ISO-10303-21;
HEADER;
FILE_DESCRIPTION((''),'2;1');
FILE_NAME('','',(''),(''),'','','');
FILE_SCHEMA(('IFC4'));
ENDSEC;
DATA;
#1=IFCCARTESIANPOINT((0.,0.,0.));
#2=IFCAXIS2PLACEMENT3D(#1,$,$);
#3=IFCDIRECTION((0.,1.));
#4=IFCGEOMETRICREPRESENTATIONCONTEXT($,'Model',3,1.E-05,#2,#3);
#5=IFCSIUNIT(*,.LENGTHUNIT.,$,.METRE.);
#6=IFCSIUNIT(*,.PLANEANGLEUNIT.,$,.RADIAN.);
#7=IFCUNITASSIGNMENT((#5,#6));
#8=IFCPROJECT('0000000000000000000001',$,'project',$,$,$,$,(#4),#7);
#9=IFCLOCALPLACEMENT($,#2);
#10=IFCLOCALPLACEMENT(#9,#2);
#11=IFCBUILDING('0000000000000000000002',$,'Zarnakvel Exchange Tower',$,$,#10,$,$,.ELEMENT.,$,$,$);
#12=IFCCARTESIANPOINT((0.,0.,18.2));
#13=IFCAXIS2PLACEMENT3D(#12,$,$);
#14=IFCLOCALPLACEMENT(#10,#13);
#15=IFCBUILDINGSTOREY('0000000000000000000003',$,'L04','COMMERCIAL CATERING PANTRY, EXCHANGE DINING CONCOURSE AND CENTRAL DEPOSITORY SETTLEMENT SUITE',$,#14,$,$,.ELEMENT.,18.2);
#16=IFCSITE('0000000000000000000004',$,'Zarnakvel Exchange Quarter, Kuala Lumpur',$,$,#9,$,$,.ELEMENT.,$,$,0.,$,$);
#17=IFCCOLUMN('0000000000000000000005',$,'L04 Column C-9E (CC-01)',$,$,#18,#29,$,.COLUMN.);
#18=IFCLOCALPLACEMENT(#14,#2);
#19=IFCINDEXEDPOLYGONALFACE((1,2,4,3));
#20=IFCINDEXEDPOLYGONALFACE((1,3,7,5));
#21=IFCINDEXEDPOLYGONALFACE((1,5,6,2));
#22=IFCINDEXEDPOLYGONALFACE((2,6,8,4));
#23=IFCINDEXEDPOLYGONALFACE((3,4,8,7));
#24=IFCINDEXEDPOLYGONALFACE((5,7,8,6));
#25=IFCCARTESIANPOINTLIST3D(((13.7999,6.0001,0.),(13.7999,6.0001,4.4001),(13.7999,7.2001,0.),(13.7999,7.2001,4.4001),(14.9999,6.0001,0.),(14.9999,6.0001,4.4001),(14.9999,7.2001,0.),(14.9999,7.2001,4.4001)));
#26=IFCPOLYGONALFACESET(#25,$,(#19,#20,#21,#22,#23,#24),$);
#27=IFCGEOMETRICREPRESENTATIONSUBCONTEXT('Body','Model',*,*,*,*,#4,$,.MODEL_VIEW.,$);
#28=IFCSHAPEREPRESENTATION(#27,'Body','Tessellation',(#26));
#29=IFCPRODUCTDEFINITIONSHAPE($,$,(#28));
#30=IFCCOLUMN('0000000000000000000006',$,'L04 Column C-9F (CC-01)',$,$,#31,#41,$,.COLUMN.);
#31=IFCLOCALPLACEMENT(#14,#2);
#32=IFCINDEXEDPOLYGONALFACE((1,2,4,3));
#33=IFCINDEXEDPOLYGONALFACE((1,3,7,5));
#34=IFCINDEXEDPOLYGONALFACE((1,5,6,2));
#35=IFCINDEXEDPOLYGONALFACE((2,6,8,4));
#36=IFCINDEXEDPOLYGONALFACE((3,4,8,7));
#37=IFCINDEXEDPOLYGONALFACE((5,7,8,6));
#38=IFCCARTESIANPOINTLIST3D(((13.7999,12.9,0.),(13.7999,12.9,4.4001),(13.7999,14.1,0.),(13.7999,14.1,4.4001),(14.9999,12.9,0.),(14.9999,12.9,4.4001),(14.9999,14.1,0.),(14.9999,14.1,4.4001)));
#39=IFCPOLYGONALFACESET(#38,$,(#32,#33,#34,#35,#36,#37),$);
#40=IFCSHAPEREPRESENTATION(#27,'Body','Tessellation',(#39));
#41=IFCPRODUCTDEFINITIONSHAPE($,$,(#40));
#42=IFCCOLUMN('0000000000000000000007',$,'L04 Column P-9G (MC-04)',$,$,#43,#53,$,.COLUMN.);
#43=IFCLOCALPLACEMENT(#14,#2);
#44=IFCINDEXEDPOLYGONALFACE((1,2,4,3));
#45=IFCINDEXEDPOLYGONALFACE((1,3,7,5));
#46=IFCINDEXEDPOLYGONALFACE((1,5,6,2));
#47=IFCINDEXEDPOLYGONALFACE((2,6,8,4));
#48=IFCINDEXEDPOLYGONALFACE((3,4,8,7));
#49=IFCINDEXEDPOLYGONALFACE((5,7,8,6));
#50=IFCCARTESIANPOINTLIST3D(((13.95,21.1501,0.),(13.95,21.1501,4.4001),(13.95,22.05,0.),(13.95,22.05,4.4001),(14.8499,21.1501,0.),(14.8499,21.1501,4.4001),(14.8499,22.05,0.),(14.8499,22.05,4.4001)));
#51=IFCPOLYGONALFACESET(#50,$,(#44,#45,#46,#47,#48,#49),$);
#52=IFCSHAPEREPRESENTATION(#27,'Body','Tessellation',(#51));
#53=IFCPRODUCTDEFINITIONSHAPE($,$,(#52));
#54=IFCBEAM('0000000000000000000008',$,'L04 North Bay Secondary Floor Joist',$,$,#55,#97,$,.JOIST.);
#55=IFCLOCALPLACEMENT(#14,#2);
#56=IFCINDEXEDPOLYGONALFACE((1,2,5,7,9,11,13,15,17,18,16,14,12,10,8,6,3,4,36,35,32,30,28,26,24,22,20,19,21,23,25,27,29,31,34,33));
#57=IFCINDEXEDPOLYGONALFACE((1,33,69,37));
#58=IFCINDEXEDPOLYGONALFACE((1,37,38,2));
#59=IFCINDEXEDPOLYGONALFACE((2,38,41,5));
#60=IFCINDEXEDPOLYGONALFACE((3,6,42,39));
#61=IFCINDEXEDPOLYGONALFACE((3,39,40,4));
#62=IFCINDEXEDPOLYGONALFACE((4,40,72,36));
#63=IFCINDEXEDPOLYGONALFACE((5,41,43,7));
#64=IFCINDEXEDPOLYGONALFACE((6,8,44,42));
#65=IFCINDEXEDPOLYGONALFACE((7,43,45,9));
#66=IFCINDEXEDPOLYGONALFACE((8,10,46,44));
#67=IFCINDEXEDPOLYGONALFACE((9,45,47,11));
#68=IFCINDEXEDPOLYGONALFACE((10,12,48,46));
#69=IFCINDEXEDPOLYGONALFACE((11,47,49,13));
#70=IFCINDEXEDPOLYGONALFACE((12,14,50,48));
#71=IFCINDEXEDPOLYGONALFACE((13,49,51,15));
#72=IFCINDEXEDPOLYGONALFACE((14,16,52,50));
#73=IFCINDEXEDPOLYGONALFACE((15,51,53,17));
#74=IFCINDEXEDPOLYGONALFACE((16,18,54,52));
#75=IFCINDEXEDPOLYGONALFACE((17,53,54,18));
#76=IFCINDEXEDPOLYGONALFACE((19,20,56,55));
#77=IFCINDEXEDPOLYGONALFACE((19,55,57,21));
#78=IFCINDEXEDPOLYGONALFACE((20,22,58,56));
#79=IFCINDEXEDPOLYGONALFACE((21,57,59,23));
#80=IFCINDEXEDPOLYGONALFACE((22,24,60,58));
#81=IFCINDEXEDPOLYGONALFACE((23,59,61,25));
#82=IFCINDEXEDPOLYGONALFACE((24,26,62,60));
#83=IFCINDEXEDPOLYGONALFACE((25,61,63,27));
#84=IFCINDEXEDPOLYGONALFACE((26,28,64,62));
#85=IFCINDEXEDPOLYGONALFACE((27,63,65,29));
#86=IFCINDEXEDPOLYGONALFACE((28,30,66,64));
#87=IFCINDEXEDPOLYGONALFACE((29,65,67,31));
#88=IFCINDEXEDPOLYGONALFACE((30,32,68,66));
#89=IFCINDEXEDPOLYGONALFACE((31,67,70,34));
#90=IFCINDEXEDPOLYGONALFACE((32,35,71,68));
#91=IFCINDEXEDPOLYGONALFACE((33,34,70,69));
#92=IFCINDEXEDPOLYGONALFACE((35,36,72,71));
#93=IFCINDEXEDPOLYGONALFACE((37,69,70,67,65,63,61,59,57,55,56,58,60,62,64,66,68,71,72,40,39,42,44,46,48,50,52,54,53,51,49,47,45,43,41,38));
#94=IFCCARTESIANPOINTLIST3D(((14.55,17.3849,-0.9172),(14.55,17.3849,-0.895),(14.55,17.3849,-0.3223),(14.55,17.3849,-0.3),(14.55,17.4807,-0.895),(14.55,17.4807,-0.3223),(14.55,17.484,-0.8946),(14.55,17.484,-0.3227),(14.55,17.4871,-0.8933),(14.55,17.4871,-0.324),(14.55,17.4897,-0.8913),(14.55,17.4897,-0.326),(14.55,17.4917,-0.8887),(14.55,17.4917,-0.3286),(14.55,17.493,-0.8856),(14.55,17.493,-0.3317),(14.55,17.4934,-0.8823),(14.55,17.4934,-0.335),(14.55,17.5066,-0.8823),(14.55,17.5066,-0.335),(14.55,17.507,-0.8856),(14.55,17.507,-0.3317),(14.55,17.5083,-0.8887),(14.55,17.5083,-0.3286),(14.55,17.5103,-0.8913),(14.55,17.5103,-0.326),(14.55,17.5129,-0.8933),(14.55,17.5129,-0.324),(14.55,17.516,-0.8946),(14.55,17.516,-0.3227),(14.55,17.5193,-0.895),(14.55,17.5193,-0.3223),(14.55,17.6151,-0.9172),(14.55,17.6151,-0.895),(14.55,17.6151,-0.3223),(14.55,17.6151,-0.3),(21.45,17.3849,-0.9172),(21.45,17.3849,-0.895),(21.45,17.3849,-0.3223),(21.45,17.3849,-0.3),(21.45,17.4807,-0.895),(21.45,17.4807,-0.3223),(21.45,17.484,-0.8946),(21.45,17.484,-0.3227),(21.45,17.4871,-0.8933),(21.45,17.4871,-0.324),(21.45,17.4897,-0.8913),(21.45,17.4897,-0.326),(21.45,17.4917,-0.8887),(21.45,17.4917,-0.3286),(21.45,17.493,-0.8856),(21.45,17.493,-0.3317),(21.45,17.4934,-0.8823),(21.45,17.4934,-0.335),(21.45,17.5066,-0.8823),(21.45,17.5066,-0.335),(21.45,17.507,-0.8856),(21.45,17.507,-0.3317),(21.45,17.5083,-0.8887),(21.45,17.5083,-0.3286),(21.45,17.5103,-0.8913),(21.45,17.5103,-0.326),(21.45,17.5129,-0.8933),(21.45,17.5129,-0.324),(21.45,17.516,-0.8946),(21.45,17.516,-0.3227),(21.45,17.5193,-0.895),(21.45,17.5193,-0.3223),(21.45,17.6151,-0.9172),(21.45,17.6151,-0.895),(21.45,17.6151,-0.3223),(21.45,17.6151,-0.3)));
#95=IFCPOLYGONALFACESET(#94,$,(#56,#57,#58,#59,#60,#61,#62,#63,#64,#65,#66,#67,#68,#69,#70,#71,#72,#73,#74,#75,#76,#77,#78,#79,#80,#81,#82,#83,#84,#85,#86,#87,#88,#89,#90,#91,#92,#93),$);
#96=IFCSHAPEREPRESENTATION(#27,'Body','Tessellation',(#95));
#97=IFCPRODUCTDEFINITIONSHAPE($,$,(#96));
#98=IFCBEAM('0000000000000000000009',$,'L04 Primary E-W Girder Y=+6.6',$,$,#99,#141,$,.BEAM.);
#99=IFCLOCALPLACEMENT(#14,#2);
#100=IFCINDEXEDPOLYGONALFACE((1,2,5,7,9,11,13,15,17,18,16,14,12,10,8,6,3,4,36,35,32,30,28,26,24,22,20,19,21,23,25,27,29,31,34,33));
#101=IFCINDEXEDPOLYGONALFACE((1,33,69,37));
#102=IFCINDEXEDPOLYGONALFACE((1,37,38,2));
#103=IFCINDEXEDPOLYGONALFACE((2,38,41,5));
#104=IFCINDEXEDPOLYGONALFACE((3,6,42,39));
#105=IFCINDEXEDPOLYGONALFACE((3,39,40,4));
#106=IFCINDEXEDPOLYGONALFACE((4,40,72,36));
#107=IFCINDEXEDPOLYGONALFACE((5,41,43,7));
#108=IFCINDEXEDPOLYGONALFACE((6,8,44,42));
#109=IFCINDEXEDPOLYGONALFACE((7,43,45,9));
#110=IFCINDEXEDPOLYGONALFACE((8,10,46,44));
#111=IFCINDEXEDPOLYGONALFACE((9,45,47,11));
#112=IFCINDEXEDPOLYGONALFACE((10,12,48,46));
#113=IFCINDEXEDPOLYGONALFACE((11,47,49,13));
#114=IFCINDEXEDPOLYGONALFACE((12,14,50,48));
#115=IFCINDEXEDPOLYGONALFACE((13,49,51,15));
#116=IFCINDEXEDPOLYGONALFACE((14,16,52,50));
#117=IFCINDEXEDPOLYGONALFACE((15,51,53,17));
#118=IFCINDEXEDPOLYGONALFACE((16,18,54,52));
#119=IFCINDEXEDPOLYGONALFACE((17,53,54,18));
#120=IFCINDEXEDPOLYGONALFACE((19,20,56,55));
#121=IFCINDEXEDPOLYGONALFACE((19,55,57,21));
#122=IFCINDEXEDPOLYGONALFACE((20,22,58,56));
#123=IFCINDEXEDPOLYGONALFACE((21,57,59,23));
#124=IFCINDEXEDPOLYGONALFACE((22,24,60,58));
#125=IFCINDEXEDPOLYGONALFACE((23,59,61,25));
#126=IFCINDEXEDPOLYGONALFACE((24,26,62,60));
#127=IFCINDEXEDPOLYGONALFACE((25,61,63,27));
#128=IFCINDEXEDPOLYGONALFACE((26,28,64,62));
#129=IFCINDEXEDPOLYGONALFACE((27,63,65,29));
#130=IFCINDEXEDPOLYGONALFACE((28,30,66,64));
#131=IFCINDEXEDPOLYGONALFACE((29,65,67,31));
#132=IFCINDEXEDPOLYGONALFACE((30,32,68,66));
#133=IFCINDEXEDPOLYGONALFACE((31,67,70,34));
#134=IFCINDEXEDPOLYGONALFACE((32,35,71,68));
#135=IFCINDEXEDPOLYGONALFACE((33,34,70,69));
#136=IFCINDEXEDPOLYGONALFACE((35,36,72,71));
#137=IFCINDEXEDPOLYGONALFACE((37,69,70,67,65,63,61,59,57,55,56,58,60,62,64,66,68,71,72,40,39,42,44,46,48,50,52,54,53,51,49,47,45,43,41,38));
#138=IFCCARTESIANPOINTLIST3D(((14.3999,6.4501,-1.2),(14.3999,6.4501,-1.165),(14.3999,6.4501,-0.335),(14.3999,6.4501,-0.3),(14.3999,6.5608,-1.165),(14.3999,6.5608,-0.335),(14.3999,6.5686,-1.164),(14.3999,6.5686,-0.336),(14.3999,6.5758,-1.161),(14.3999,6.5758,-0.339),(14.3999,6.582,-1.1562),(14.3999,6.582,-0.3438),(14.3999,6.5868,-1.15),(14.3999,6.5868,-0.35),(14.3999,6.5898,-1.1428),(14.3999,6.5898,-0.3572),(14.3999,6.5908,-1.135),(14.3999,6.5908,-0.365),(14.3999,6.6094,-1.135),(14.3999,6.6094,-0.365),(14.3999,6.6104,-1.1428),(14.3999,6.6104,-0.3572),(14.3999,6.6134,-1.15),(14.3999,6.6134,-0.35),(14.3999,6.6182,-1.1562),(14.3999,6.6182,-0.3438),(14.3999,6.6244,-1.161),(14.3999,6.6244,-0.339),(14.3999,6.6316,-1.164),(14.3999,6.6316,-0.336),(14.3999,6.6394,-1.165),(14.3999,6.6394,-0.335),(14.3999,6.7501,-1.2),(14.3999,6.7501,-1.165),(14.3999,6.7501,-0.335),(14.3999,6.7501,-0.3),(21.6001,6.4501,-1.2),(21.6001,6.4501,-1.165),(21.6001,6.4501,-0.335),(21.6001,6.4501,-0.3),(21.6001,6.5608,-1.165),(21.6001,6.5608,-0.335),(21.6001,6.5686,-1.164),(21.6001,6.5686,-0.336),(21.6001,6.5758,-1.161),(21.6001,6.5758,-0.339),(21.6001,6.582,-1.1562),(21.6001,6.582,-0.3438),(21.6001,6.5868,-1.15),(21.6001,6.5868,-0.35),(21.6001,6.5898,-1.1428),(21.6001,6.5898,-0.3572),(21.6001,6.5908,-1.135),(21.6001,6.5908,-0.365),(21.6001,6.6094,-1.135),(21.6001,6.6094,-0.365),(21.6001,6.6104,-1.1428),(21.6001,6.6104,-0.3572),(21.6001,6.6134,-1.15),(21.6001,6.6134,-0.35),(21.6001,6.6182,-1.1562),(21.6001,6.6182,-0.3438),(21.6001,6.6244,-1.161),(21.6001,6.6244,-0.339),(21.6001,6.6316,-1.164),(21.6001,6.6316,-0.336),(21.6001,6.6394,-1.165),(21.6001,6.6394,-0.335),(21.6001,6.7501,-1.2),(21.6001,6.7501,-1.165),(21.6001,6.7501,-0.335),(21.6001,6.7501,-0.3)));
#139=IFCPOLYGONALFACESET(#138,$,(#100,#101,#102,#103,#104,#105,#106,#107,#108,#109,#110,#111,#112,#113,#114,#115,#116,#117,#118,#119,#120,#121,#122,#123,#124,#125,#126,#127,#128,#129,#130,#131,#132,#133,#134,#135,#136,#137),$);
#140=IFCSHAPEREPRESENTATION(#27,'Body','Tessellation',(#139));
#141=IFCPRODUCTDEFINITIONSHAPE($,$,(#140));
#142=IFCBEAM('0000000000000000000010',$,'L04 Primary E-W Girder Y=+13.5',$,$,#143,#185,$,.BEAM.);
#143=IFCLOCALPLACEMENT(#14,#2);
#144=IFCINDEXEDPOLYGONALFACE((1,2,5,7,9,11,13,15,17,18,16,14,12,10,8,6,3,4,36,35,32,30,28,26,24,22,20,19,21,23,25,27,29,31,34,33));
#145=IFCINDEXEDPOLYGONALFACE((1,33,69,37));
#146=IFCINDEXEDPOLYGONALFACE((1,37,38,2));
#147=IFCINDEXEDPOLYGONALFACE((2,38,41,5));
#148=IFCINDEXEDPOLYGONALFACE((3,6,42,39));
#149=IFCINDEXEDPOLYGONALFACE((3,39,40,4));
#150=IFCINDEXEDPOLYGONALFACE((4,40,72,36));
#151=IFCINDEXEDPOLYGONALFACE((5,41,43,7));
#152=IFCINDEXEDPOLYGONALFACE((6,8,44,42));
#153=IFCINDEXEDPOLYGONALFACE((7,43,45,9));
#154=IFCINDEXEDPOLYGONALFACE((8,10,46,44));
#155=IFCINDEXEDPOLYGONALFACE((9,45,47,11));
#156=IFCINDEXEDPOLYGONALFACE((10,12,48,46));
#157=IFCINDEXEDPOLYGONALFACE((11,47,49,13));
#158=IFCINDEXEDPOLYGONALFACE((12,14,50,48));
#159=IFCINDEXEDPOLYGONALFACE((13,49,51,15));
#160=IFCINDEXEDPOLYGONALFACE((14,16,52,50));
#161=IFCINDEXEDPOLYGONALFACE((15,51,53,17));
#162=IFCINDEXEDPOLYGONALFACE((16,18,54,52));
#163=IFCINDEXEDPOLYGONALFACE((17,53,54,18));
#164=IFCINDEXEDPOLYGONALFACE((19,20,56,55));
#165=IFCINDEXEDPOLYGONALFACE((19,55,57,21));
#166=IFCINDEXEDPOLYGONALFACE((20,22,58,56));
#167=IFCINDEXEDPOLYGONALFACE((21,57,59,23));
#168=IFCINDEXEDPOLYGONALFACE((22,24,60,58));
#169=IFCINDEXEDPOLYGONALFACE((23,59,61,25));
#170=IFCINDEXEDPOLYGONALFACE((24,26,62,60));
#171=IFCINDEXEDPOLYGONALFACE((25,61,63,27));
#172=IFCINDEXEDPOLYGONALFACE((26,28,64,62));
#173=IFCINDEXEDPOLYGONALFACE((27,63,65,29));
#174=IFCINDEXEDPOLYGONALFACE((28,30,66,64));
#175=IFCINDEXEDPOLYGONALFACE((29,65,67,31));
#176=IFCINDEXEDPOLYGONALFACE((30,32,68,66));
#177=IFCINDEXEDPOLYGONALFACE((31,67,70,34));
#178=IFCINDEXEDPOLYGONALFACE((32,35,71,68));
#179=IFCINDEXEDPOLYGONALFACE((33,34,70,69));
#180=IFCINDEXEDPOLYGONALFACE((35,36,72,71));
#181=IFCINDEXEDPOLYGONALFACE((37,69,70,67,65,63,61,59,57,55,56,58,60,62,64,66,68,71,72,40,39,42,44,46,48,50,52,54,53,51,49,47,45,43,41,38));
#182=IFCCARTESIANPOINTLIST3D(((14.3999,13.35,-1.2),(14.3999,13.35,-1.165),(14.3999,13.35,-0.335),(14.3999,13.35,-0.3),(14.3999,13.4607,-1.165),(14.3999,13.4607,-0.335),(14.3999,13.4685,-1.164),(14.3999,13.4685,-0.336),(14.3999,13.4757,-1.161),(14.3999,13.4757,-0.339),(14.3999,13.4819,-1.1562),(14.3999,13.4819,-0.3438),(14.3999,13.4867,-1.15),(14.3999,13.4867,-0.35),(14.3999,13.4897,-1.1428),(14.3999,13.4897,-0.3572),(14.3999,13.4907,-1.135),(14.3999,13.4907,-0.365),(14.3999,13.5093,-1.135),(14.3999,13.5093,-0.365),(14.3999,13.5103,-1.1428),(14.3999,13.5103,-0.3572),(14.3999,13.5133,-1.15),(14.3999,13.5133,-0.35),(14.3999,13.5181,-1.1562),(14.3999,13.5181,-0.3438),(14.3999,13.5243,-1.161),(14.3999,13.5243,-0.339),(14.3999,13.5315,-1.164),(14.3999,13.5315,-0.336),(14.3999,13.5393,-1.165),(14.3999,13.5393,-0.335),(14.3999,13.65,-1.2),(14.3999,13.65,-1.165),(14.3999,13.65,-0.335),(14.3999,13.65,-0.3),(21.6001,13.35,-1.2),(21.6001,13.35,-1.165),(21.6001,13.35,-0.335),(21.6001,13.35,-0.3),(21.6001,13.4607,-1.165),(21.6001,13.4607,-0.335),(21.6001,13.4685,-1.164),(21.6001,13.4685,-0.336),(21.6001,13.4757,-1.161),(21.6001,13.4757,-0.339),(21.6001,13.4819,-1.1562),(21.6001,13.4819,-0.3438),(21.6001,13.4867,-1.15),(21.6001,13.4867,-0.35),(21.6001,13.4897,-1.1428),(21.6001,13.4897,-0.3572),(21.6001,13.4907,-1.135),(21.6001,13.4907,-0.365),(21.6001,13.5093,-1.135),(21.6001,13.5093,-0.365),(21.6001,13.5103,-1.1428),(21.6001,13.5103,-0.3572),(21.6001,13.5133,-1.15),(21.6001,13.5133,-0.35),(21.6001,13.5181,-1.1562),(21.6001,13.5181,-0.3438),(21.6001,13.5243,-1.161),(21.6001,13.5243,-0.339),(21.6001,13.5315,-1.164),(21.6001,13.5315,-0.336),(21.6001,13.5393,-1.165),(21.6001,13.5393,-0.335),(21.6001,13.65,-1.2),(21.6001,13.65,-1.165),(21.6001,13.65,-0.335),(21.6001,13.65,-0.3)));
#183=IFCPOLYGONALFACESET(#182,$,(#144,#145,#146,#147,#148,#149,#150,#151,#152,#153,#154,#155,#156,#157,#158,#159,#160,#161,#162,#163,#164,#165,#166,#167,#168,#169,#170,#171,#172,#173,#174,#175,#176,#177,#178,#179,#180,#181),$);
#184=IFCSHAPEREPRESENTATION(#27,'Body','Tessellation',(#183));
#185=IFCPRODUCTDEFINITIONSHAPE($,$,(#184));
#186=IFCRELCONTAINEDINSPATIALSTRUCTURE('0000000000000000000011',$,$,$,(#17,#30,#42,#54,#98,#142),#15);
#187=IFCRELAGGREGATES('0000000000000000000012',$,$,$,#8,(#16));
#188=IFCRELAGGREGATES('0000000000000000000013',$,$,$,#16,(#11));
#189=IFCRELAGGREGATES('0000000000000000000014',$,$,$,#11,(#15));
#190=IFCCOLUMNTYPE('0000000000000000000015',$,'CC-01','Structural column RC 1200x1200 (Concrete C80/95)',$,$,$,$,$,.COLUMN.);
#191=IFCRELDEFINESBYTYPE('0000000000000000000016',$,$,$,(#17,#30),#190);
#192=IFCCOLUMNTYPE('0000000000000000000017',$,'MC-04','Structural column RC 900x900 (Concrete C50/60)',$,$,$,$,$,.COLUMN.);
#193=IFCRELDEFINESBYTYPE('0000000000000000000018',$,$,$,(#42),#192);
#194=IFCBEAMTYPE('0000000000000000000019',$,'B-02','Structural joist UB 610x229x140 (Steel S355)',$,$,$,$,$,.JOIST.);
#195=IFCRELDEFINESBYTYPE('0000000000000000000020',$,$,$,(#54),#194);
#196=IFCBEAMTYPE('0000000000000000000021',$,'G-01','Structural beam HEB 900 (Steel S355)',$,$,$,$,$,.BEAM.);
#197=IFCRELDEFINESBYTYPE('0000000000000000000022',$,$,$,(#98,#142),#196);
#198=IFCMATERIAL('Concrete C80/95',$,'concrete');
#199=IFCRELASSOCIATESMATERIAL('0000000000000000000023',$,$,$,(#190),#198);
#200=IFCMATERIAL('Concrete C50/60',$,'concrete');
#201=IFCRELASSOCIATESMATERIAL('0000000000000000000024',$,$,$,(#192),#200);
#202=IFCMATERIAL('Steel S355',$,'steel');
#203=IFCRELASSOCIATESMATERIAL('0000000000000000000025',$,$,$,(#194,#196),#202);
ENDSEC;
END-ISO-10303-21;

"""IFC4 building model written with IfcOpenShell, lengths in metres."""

from ifc_helpers import new_model, si_unit, direction, frame, origin, origin_2d, place, context, subcontext, project, spatial, rectangle, i_section, extrude, material, material_profile, profile_set, type_object, element, save


model = new_model("IFC4")

# Units and contexts
model_context = context("Model", 3, precision=1e-05, world=origin(), true_north=direction((0.0, 1.0)))
body_context = subcontext(model_context, "Body", "Model", "MODEL_VIEW")
ifc_project = project(units=[si_unit("LENGTHUNIT", "METRE"), si_unit("PLANEANGLEUNIT", "RADIAN")], contexts=[model_context])

# Site, building, storey
site_placement = place(None, origin())
site = spatial("IfcSite", under=ifc_project, at=site_placement, Name="Zarnakvel Exchange Quarter, Kuala Lumpur", CompositionType="ELEMENT", RefElevation=0.0)
building_placement = place(site_placement, origin())
building = spatial("IfcBuilding", under=site, at=building_placement, Name="Zarnakvel Exchange Tower", CompositionType="ELEMENT")
storey_placement = place(building_placement, frame((0.0, 0.0, 18.2)))
storey = spatial("IfcBuildingStorey", under=building, at=storey_placement, Name="L04", Description="COMMERCIAL CATERING PANTRY, EXCHANGE DINING CONCOURSE AND CENTRAL DEPOSITORY SETTLEMENT SUITE", CompositionType="ELEMENT", Elevation=18.2)

# Columns
ifc_material_1 = material(Name="Concrete C80/95", Category="concrete")
ifc_material_profile_1 = material_profile(ifc_material_1, rectangle(XDim=1.2, YDim=1.2, at=origin_2d()))
ifc_profile_set_1 = profile_set([ifc_material_profile_1], Name="Concrete C80/95")
column_type_1 = type_object("IfcColumnType", Name="CC-01", Description="Structural column RC 1200x1200 (Concrete C80/95)", PredefinedType="COLUMN", material=ifc_profile_set_1)
for number, where, z_axis, x_axis, name in (
    (1, (14.3999, 6.6001, 0.0), (0.0, 0.0, 1.0), (1.0, 0.0, 0.0), "L04 Column C-9E (CC-01)"),
    (2, (14.3999, 13.5, 0.0), (0.0, 0.0, 1.0), (1.0, 0.0, 0.0), "L04 Column C-9F (CC-01)"),
):
    element("IfcColumn", number, at=place(storey_placement, frame(where, z_axis=z_axis, x_axis=x_axis)), inside=storey, type_object=column_type_1, Name=name, PredefinedType="COLUMN", context=body_context, shape_type="SweptSolid", body=[
        extrude(rectangle(XDim=1.2, YDim=1.2, at=origin_2d()), origin(), (0.0, 0.0, 1.0), 4.4001),
    ])
ifc_material_2 = material(Name="Concrete C50/60", Category="concrete")
ifc_material_profile_2 = material_profile(ifc_material_2, rectangle(XDim=0.8999, YDim=0.8999, at=origin_2d()))
ifc_profile_set_2 = profile_set([ifc_material_profile_2], Name="Concrete C50/60")
column_type_2 = type_object("IfcColumnType", Name="MC-04", Description="Structural column RC 900x900 (Concrete C50/60)", PredefinedType="COLUMN", material=ifc_profile_set_2)
column_placement = place(storey_placement, frame((14.3999, 21.6001, 0.0), z_axis=(0.0, 0.0, 1.0), x_axis=(1.0, 0.0, 0.0)))
element("IfcColumn", 3, at=column_placement, inside=storey, type_object=column_type_2, Name="L04 Column P-9G (MC-04)", PredefinedType="COLUMN", context=body_context, shape_type="SweptSolid", body=[
    extrude(rectangle(XDim=0.8999, YDim=0.8999, at=origin_2d()), origin(), (0.0, 0.0, 1.0), 4.4001),
])

# Beams
ifc_material_3 = material(Name="Steel S355", Category="steel")
ifc_material_profile_3 = material_profile(ifc_material_3, i_section(OverallWidth=0.2302, OverallDepth=0.6172, WebThickness=0.0132, FlangeThickness=0.0222, FilletRadius=0.0127, at=origin_2d()))
ifc_profile_set_3 = profile_set([ifc_material_profile_3], Name="Steel S355")
beam_type_1 = type_object("IfcBeamType", Name="B-02", Description="Structural joist UB 610x229x140 (Steel S355)", PredefinedType="JOIST", material=ifc_profile_set_3)
beam_1_placement = place(storey_placement, frame((14.55, 17.5, -0.6086), z_axis=(1.0, 0.0, 0.0), x_axis=(0.0, 1.0, 0.0)))
element("IfcBeam", 4, at=beam_1_placement, inside=storey, type_object=beam_type_1, Name="L04 North Bay Secondary Floor Joist", PredefinedType="JOIST", context=body_context, shape_type="SweptSolid", body=[
    extrude(i_section(OverallWidth=0.2302, OverallDepth=0.6172, WebThickness=0.0132, FlangeThickness=0.0222, FilletRadius=0.0127, at=origin_2d()), origin(), (0.0, 0.0, 1.0), 6.8999),
])
ifc_material_profile_4 = material_profile(ifc_material_3, i_section(OverallWidth=0.3, OverallDepth=0.8999, WebThickness=0.0186, FlangeThickness=0.0349, FilletRadius=0.03, at=origin_2d()))
ifc_profile_set_4 = profile_set([ifc_material_profile_4], Name="Steel S355")
beam_type_2 = type_object("IfcBeamType", Name="G-01", Description="Structural beam HEB 900 (Steel S355)", PredefinedType="BEAM", material=ifc_profile_set_4)
for number, where, z_axis, x_axis, name in (
    (5, (14.3999, 6.6001, -0.75), (1.0, 0.0, 0.0), (0.0, 1.0, 0.0), "L04 Primary E-W Girder Y=+6.6"),
    (6, (14.3999, 13.5, -0.75), (1.0, 0.0, 0.0), (0.0, 1.0, 0.0), "L04 Primary E-W Girder Y=+13.5"),
):
    element("IfcBeam", number, at=place(storey_placement, frame(where, z_axis=z_axis, x_axis=x_axis)), inside=storey, type_object=beam_type_2, Name=name, PredefinedType="BEAM", context=body_context, shape_type="SweptSolid", body=[
        extrude(i_section(OverallWidth=0.3, OverallDepth=0.8999, WebThickness=0.0186, FlangeThickness=0.0349, FilletRadius=0.03, at=origin_2d()), origin(), (0.0, 0.0, 1.0), 7.2002),
    ])

save(model, "model.ifc")
